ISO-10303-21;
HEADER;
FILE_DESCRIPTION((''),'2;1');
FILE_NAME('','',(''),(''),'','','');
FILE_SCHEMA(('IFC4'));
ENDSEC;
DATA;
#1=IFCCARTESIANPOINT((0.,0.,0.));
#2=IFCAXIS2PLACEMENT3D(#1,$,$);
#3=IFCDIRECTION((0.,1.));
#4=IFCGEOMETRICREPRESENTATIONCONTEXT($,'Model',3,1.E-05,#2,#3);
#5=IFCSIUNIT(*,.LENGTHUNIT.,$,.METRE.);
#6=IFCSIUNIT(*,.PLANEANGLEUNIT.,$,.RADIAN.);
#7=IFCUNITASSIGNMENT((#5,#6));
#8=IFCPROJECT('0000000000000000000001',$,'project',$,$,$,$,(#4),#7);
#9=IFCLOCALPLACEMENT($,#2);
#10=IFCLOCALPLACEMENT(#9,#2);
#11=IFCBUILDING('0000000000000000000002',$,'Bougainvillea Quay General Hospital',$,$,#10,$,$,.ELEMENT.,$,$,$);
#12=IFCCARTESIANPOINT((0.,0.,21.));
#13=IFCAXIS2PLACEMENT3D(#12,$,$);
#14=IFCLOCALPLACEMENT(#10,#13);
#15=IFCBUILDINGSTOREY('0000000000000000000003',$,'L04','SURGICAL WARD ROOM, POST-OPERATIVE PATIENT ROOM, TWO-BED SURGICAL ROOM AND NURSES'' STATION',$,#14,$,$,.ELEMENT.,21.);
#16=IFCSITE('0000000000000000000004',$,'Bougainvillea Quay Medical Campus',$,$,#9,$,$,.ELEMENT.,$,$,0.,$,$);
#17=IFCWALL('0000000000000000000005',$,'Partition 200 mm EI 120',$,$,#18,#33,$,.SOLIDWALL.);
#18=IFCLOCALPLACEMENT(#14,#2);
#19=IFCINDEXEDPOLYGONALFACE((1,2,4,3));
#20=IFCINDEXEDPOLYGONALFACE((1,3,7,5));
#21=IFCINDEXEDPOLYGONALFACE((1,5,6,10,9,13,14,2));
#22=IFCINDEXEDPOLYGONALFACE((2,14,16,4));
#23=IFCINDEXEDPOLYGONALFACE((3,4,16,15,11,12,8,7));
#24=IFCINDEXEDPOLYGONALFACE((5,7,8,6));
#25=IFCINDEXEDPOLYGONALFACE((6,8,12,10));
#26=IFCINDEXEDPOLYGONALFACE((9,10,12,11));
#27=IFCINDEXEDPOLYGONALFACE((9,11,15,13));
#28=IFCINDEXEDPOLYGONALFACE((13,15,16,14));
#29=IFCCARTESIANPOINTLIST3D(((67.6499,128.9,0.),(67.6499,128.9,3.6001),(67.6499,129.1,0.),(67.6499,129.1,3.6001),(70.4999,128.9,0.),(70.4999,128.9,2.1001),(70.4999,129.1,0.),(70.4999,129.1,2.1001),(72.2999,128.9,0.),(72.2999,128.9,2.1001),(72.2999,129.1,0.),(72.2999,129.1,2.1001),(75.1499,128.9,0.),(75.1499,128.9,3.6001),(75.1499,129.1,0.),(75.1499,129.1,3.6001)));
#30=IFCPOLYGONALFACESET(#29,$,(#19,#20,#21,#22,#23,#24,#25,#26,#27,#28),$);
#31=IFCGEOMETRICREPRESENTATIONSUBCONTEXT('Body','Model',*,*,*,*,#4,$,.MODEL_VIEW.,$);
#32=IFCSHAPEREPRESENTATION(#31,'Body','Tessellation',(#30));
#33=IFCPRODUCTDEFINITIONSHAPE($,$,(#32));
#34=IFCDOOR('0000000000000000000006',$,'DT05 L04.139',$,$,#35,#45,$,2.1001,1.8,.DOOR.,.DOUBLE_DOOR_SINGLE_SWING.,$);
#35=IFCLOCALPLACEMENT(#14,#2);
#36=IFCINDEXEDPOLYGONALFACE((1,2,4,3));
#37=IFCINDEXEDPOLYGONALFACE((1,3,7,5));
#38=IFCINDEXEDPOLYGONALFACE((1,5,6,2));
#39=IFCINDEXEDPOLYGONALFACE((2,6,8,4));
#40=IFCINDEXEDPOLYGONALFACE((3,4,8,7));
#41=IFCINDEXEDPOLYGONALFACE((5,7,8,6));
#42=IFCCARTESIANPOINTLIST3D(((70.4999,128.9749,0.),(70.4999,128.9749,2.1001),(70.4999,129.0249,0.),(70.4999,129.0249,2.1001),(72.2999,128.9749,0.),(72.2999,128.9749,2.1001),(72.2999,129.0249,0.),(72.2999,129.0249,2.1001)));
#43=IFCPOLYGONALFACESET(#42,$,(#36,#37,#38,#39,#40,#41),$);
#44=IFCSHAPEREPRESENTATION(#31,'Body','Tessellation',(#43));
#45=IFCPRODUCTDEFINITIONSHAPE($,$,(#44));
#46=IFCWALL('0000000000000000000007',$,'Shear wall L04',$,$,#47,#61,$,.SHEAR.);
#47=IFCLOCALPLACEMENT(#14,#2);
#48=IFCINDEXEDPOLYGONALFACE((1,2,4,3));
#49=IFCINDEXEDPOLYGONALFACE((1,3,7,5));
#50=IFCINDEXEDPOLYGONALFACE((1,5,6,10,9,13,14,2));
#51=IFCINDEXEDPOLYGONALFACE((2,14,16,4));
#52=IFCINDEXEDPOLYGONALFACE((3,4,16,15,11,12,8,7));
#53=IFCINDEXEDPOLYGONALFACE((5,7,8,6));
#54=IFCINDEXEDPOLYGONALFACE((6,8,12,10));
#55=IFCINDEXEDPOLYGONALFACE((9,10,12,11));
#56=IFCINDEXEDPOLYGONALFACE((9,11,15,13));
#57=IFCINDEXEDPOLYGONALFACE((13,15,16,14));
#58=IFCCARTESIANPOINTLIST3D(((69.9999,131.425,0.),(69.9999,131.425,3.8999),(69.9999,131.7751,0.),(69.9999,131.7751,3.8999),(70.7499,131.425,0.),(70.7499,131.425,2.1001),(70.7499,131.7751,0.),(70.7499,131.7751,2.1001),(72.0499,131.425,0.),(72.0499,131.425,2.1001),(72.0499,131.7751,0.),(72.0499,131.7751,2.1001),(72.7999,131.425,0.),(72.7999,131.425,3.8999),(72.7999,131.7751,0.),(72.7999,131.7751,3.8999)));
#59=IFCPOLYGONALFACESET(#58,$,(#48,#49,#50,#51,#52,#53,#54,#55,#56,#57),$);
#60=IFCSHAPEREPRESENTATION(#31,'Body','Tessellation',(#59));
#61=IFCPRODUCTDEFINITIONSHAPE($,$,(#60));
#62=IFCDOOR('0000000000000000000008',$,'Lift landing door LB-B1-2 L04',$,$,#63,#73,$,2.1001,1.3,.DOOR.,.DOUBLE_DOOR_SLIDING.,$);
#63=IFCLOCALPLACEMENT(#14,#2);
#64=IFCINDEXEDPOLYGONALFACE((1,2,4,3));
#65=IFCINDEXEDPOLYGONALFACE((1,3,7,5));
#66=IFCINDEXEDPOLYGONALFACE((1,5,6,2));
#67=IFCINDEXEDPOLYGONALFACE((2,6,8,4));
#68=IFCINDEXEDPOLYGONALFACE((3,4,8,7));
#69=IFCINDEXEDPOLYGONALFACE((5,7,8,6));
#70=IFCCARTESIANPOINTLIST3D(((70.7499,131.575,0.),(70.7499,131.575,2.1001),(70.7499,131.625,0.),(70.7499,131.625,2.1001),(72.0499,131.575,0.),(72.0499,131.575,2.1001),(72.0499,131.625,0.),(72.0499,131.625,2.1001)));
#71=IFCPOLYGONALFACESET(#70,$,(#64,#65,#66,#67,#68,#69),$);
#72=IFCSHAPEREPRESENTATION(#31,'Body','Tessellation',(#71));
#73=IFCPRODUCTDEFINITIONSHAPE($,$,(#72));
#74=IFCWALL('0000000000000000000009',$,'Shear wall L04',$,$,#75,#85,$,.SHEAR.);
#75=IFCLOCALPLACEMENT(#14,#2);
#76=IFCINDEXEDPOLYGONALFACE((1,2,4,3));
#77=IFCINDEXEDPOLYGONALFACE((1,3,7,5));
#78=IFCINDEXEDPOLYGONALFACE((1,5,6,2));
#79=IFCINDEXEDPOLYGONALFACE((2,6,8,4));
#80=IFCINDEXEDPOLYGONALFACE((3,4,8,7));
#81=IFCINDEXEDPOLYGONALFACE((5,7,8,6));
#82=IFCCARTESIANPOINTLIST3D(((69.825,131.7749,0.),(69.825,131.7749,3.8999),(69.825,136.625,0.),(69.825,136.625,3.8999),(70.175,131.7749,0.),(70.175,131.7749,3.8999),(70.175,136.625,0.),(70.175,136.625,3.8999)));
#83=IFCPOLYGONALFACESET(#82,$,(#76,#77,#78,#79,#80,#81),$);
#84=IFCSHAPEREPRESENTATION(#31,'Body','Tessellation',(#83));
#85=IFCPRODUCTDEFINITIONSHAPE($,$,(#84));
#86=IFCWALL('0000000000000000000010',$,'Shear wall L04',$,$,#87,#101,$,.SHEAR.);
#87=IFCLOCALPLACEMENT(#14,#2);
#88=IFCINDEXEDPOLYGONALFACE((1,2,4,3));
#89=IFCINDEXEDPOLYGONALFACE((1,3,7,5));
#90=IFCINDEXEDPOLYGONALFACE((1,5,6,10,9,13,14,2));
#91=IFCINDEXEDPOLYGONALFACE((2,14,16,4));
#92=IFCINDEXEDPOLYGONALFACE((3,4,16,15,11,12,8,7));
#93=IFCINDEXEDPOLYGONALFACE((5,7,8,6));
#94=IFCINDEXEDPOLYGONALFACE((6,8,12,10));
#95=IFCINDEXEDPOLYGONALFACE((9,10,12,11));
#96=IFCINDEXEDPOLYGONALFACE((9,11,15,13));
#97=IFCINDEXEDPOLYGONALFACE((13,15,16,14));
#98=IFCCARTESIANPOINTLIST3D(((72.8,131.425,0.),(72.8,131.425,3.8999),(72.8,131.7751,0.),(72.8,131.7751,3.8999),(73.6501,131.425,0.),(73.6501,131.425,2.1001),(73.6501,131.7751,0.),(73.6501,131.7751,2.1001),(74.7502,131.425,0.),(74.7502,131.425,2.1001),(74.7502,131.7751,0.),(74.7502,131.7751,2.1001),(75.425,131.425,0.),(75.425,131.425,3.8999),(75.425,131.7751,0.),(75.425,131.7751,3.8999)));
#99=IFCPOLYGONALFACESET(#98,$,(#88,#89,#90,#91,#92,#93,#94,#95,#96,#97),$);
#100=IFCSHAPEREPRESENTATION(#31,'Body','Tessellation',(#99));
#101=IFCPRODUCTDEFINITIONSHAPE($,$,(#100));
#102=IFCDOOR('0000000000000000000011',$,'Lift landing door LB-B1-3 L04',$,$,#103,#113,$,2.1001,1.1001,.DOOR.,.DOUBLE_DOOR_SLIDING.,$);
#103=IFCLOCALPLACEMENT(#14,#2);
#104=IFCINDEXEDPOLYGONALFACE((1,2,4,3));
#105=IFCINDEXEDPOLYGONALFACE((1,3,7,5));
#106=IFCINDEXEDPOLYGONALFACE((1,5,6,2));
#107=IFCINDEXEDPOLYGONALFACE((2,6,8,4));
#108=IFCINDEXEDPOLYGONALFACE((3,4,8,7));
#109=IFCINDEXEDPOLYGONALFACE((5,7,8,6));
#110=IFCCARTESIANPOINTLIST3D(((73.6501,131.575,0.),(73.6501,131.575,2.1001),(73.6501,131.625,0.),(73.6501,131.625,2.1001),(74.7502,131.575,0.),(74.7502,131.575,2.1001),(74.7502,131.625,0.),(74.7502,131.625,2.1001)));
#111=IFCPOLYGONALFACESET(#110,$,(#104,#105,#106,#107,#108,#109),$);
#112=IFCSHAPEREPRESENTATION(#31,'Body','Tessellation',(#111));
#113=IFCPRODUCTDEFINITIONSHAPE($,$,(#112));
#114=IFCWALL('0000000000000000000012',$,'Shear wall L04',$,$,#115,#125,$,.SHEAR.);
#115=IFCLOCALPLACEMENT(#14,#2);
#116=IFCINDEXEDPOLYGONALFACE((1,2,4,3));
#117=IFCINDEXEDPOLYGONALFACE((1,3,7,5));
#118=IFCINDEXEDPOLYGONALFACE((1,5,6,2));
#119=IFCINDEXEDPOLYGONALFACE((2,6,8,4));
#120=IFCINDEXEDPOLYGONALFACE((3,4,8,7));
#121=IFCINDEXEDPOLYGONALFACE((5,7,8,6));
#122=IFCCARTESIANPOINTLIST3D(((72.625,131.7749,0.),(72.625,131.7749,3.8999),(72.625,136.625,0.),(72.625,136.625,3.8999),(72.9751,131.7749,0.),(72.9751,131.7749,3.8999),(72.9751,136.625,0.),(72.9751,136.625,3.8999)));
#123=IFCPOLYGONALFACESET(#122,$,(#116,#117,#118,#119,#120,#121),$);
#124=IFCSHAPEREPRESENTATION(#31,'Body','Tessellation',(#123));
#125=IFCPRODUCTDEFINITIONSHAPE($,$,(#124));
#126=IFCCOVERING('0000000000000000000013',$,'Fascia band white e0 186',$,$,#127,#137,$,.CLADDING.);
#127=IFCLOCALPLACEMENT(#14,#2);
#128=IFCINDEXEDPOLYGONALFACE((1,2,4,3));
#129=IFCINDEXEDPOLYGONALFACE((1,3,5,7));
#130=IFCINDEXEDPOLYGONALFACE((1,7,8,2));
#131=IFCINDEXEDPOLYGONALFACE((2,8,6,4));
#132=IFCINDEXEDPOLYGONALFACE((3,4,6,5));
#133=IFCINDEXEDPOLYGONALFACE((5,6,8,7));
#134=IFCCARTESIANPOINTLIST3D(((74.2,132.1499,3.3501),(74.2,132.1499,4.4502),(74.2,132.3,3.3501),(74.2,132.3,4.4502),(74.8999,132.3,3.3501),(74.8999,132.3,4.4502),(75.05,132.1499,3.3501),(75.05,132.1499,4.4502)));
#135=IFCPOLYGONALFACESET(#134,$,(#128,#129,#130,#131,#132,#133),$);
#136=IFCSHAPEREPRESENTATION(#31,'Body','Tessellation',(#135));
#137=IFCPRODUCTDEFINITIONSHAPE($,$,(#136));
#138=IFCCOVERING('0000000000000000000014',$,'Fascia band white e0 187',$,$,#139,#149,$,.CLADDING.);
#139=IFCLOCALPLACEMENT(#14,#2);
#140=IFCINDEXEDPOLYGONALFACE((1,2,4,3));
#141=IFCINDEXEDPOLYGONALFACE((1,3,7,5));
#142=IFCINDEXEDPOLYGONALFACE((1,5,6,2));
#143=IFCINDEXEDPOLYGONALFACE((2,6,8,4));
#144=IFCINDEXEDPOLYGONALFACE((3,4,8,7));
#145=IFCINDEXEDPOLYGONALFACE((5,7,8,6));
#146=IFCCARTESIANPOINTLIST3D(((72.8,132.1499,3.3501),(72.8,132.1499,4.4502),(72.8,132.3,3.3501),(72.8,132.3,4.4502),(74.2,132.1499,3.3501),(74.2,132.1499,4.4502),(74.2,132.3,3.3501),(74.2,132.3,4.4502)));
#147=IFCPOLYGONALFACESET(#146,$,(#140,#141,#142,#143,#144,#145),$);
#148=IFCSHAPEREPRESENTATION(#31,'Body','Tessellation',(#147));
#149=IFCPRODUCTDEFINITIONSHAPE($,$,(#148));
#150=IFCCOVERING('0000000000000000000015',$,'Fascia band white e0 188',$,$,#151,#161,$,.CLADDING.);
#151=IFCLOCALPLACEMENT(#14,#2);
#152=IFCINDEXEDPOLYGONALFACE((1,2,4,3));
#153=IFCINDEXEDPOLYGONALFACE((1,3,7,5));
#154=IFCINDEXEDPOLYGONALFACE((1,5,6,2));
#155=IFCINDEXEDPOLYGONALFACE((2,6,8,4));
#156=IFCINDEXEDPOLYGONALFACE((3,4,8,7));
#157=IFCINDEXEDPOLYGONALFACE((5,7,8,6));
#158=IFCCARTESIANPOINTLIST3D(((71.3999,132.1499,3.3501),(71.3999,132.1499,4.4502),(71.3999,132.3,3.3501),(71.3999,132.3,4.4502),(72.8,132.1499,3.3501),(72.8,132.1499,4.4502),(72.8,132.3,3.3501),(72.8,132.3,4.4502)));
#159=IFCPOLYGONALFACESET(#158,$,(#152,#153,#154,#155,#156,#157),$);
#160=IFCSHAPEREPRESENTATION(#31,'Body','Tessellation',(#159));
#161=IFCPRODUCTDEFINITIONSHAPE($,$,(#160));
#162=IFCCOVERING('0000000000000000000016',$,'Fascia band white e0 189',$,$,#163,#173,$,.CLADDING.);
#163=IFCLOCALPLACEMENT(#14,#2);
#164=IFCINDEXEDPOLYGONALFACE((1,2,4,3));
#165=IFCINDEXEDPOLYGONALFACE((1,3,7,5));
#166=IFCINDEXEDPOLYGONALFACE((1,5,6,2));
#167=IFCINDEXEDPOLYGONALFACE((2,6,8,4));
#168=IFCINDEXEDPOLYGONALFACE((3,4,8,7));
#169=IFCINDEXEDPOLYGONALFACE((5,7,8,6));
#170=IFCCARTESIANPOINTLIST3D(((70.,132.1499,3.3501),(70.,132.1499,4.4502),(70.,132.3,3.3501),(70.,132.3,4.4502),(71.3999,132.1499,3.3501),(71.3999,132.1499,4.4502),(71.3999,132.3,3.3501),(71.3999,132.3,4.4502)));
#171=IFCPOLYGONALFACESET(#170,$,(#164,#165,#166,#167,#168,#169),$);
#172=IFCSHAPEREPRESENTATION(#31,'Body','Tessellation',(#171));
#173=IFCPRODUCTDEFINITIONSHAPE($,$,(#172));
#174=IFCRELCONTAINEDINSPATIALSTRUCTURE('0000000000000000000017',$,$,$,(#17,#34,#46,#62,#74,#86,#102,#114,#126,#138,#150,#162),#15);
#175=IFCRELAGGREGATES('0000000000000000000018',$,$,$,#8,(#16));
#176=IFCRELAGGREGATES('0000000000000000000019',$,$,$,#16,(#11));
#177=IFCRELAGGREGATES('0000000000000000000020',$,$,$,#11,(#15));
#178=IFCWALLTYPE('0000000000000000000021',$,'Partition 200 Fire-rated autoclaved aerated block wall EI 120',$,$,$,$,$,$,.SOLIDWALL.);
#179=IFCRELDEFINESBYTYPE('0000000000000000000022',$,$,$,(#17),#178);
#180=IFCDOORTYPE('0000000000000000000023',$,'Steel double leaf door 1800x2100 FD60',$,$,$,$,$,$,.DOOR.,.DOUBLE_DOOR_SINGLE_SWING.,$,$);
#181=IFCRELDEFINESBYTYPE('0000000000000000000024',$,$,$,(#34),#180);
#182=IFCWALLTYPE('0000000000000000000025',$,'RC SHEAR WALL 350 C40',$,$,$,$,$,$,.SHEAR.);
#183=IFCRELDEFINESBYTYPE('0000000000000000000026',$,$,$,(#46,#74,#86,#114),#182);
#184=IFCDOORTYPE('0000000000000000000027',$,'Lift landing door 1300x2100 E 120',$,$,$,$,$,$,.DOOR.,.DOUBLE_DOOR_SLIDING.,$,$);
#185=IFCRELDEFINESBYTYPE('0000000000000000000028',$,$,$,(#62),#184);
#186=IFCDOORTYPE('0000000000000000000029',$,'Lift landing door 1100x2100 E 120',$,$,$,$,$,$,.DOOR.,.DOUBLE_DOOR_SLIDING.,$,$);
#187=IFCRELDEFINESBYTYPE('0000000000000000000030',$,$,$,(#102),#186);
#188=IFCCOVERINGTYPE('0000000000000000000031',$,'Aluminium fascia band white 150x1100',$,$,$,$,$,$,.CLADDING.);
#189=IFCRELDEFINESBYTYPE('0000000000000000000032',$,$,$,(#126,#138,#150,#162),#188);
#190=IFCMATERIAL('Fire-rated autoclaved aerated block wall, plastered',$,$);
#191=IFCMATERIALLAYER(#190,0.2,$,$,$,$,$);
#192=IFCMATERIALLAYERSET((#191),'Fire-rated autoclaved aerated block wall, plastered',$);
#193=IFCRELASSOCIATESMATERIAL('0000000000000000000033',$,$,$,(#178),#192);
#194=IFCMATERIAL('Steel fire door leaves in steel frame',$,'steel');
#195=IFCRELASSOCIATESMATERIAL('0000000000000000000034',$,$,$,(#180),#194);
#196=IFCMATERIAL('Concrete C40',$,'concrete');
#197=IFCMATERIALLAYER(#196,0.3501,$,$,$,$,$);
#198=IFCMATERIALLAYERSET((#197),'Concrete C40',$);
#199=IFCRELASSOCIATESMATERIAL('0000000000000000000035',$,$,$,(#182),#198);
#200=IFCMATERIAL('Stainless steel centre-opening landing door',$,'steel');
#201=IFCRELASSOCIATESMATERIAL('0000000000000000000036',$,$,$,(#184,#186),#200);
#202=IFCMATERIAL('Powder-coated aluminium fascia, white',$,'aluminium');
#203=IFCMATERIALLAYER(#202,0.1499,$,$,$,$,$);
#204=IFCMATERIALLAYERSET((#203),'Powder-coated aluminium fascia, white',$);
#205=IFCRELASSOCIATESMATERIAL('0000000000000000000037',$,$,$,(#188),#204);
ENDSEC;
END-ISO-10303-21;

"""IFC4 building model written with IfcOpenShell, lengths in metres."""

from ifc_helpers import new_model, si_unit, direction, frame, frame_2d, origin, place, context, subcontext, project, spatial, polyline, rectangle, outline, extrude, material, layer, layer_set, type_object, element, fill, save


model = new_model("IFC4")

# Units and contexts
model_context = context("Model", 3, precision=1e-05, world=origin(), true_north=direction((0.0, 1.0)))
body_context = subcontext(model_context, "Body", "Model", "MODEL_VIEW")
ifc_project = project(units=[si_unit("LENGTHUNIT", "METRE"), si_unit("PLANEANGLEUNIT", "RADIAN")], contexts=[model_context])

# Site, building, storey
site_placement = place(None, origin())
site = spatial("IfcSite", under=ifc_project, at=site_placement, Name="Bougainvillea Quay Medical Campus", CompositionType="ELEMENT", RefElevation=0.0)
building_placement = place(site_placement, origin())
building = spatial("IfcBuilding", under=site, at=building_placement, Name="Bougainvillea Quay General Hospital", CompositionType="ELEMENT")
storey_placement = place(building_placement, frame((0.0, 0.0, 21.0)))
storey = spatial("IfcBuildingStorey", under=building, at=storey_placement, Name="L04", Description="SURGICAL WARD ROOM, POST-OPERATIVE PATIENT ROOM, TWO-BED SURGICAL ROOM AND NURSES' STATION", CompositionType="ELEMENT", Elevation=21.0)

# Walls, openings, doors
ifc_material_1 = material(Name="Fire-rated autoclaved aerated block wall, plastered")
ifc_layer_1 = layer(ifc_material_1, 0.2)
ifc_layer_set_1 = layer_set([ifc_layer_1], Name="Fire-rated autoclaved aerated block wall, plastered")
wall_type_1 = type_object("IfcWallType", Name="Partition 200 Fire-rated autoclaved aerated block wall EI 120", PredefinedType="SOLIDWALL", material=ifc_layer_set_1)
wall_1_placement = place(storey_placement, frame((67.6499, 129.0, 0.0), z_axis=(0.0, 0.0, 1.0), x_axis=(1.0, 0.0, 0.0)))
wall_1 = element("IfcWall", 1, at=wall_1_placement, inside=storey, type_object=wall_type_1, Name="Partition 200 mm EI 120", PredefinedType="SOLIDWALL", context=body_context, shape_type="SweptSolid", body=[
    extrude(rectangle(XDim=7.5, YDim=0.2, at=frame_2d((3.75, 0.0))), origin(), (0.0, 0.0, 1.0), 3.6001),
])
opening_1_placement = place(wall_1_placement, frame((2.8501, 0.0, 0.0)))
opening_1 = element("IfcOpeningElement", 2, at=opening_1_placement, cuts=wall_1, PredefinedType="OPENING", context=body_context, shape_type="SweptSolid", body=[
    extrude(rectangle(XDim=1.8, YDim=2.1001, at=frame_2d((0.8999, 1.05))), frame((0.0, 0.1099, 0.0), z_axis=(0.0, -1.0, 0.0), x_axis=(1.0, 0.0, 0.0)), (0.0, 0.0, 1.0), 0.22),
])
ifc_material_2 = material(Name="Steel fire door leaves in steel frame", Category="steel")
door_type_1 = type_object("IfcDoorType", Name="Steel double leaf door 1800x2100 FD60", OperationType="DOUBLE_DOOR_SINGLE_SWING", PredefinedType="DOOR", material=ifc_material_2)
door_1_placement = place(opening_1_placement, origin())
door_1 = element("IfcDoor", 3, at=door_1_placement, inside=storey, type_object=door_type_1, Name="DT05 L04.139", OperationType="DOUBLE_DOOR_SINGLE_SWING", OverallHeight=2.1001, OverallWidth=1.8, PredefinedType="DOOR", context=body_context, shape_type="SweptSolid", body=[
    extrude(rectangle(XDim=1.8, YDim=2.1001, at=frame_2d((0.8999, 1.05))), frame((0.0, 0.0249, 0.0), z_axis=(0.0, -1.0, 0.0), x_axis=(1.0, 0.0, 0.0)), (0.0, 0.0, 1.0), 0.05),
])
fill(opening_1, door_1)
ifc_material_3 = material(Name="Concrete C40", Category="concrete")
ifc_layer_2 = layer(ifc_material_3, 0.3501)
ifc_layer_set_2 = layer_set([ifc_layer_2], Name="Concrete C40")
wall_type_2 = type_object("IfcWallType", Name="RC SHEAR WALL 350 C40", PredefinedType="SHEAR", material=ifc_layer_set_2)
wall_2_placement = place(storey_placement, frame((70.0, 131.6001, 0.0), z_axis=(0.0, 0.0, 1.0), x_axis=(1.0, 0.0, 0.0)))
wall_2 = element("IfcWall", 4, at=wall_2_placement, inside=storey, type_object=wall_type_2, Name="Shear wall L04", PredefinedType="SHEAR", context=body_context, shape_type="SweptSolid", body=[
    extrude(rectangle(XDim=2.8, YDim=0.3501, at=frame_2d((1.3999, 0.0))), origin(), (0.0, 0.0, 1.0), 3.8999),
])
opening_2_placement = place(wall_2_placement, frame((0.75, 0.0, 0.0)))
opening_2 = element("IfcOpeningElement", 5, at=opening_2_placement, cuts=wall_2, PredefinedType="OPENING", context=body_context, shape_type="SweptSolid", body=[
    extrude(rectangle(XDim=1.3, YDim=2.1001, at=frame_2d((0.6499, 1.05))), frame((0.0, 0.1851, 0.0), z_axis=(0.0, -1.0, 0.0), x_axis=(1.0, 0.0, 0.0)), (0.0, 0.0, 1.0), 0.3701),
])
ifc_material_4 = material(Name="Stainless steel centre-opening landing door", Category="steel")
door_type_2 = type_object("IfcDoorType", Name="Lift landing door 1300x2100 E 120", OperationType="DOUBLE_DOOR_SLIDING", PredefinedType="DOOR", material=ifc_material_4)
door_2_placement = place(opening_2_placement, origin())
door_2 = element("IfcDoor", 6, at=door_2_placement, inside=storey, type_object=door_type_2, Name="Lift landing door LB-B1-2 L04", OperationType="DOUBLE_DOOR_SLIDING", OverallHeight=2.1001, OverallWidth=1.3, PredefinedType="DOOR", context=body_context, shape_type="SweptSolid", body=[
    extrude(rectangle(XDim=1.3, YDim=2.1001, at=frame_2d((0.6499, 1.05))), frame((0.0, 0.0249, 0.0), z_axis=(0.0, -1.0, 0.0), x_axis=(1.0, 0.0, 0.0)), (0.0, 0.0, 1.0), 0.05),
])
fill(opening_2, door_2)

# Wall
wall_3_placement = place(storey_placement, frame((70.0, 131.7749, 0.0), z_axis=(0.0, 0.0, 1.0), x_axis=(0.0, 1.0, 0.0)))
element("IfcWall", 7, at=wall_3_placement, inside=storey, type_object=wall_type_2, Name="Shear wall L04", PredefinedType="SHEAR", context=body_context, shape_type="SweptSolid", body=[
    extrude(rectangle(XDim=4.8501, YDim=0.3501, at=frame_2d((2.425, 0.0))), origin(), (0.0, 0.0, 1.0), 3.8999),
])

# Wall, opening, door
wall_4_placement = place(storey_placement, frame((72.8, 131.6001, 0.0), z_axis=(0.0, 0.0, 1.0), x_axis=(1.0, 0.0, 0.0)))
wall_4 = element("IfcWall", 8, at=wall_4_placement, inside=storey, type_object=wall_type_2, Name="Shear wall L04", PredefinedType="SHEAR", context=body_context, shape_type="SweptSolid", body=[
    extrude(rectangle(XDim=2.625, YDim=0.3501, at=frame_2d((1.3125, 0.0))), origin(), (0.0, 0.0, 1.0), 3.8999),
])
opening_3_placement = place(wall_4_placement, frame((0.8501, 0.0, 0.0)))
opening_3 = element("IfcOpeningElement", 9, at=opening_3_placement, cuts=wall_4, PredefinedType="OPENING", context=body_context, shape_type="SweptSolid", body=[
    extrude(rectangle(XDim=1.1001, YDim=2.1001, at=frame_2d((0.55, 1.05))), frame((0.0, 0.1851, 0.0), z_axis=(0.0, -1.0, 0.0), x_axis=(1.0, 0.0, 0.0)), (0.0, 0.0, 1.0), 0.3701),
])
door_type_3 = type_object("IfcDoorType", Name="Lift landing door 1100x2100 E 120", OperationType="DOUBLE_DOOR_SLIDING", PredefinedType="DOOR", material=ifc_material_4)
door_3_placement = place(opening_3_placement, origin())
door_3 = element("IfcDoor", 10, at=door_3_placement, inside=storey, type_object=door_type_3, Name="Lift landing door LB-B1-3 L04", OperationType="DOUBLE_DOOR_SLIDING", OverallHeight=2.1001, OverallWidth=1.1001, PredefinedType="DOOR", context=body_context, shape_type="SweptSolid", body=[
    extrude(rectangle(XDim=1.1001, YDim=2.1001, at=frame_2d((0.55, 1.05))), frame((0.0, 0.0249, 0.0), z_axis=(0.0, -1.0, 0.0), x_axis=(1.0, 0.0, 0.0)), (0.0, 0.0, 1.0), 0.05),
])
fill(opening_3, door_3)

# Wall
wall_5_placement = place(storey_placement, frame((72.8, 131.7749, 0.0), z_axis=(0.0, 0.0, 1.0), x_axis=(0.0, 1.0, 0.0)))
element("IfcWall", 11, at=wall_5_placement, inside=storey, type_object=wall_type_2, Name="Shear wall L04", PredefinedType="SHEAR", context=body_context, shape_type="SweptSolid", body=[
    extrude(rectangle(XDim=4.8501, YDim=0.3501, at=frame_2d((2.425, 0.0))), origin(), (0.0, 0.0, 1.0), 3.8999),
])

# Coverings
ifc_material_5 = material(Name="Powder-coated aluminium fascia, white", Category="aluminium")
ifc_layer_3 = layer(ifc_material_5, 0.1499)
ifc_layer_set_3 = layer_set([ifc_layer_3], Name="Powder-coated aluminium fascia, white")
covering_type = type_object("IfcCoveringType", Name="Aluminium fascia band white 150x1100", PredefinedType="CLADDING", material=ifc_layer_set_3)
covering_1_placement = place(storey_placement, frame((75.05, 132.1499, 3.3501), z_axis=(0.0, 0.0, 1.0), x_axis=(-1.0, 0.0, 0.0)))
element("IfcCovering", 12, at=covering_1_placement, inside=storey, type_object=covering_type, Name="Fascia band white e0 186", PredefinedType="CLADDING", context=body_context, shape_type="SweptSolid", body=[
    extrude(outline(polyline([(0.0, 0.0), (0.8501, 0.0), (0.8501, -0.1501), (0.1501, -0.1501), (0.0, 0.0)])), origin(), (0.0, 0.0, 1.0), 1.1001),
])
covering_2_placement = place(storey_placement, frame((74.2, 132.1499, 3.3501), z_axis=(0.0, 0.0, 1.0), x_axis=(-1.0, 0.0, 0.0)))
element("IfcCovering", 13, at=covering_2_placement, inside=storey, type_object=covering_type, Name="Fascia band white e0 187", PredefinedType="CLADDING", context=body_context, shape_type="SweptSolid", body=[
    extrude(outline(polyline([(0.0, 0.0), (1.3999, 0.0), (1.3999, -0.1501), (0.0, -0.1501), (0.0, 0.0)])), origin(), (0.0, 0.0, 1.0), 1.1001),
])
covering_3_placement = place(storey_placement, frame((72.8, 132.1499, 3.3501), z_axis=(0.0, 0.0, 1.0), x_axis=(-1.0, 0.0, 0.0)))
element("IfcCovering", 14, at=covering_3_placement, inside=storey, type_object=covering_type, Name="Fascia band white e0 188", PredefinedType="CLADDING", context=body_context, shape_type="SweptSolid", body=[
    extrude(outline(polyline([(0.0, 0.0), (1.4001, 0.0), (1.4001, -0.1501), (0.0, -0.1501), (0.0, 0.0)])), origin(), (0.0, 0.0, 1.0), 1.1001),
])
for number, where, z_axis, x_axis, name in (
    (15, (71.3999, 132.1499, 3.3501), (0.0, 0.0, 1.0), (-1.0, 0.0, 0.0), "Fascia band white e0 189"),
):
    element("IfcCovering", number, at=place(storey_placement, frame(where, z_axis=z_axis, x_axis=x_axis)), inside=storey, type_object=covering_type, Name=name, PredefinedType="CLADDING", context=body_context, shape_type="SweptSolid", body=[
        extrude(outline(polyline([(0.0, 0.0), (1.3999, 0.0), (1.3999, -0.1501), (0.0, -0.1501), (0.0, 0.0)])), origin(), (0.0, 0.0, 1.0), 1.1001),
    ])

save(model, "model.ifc")
